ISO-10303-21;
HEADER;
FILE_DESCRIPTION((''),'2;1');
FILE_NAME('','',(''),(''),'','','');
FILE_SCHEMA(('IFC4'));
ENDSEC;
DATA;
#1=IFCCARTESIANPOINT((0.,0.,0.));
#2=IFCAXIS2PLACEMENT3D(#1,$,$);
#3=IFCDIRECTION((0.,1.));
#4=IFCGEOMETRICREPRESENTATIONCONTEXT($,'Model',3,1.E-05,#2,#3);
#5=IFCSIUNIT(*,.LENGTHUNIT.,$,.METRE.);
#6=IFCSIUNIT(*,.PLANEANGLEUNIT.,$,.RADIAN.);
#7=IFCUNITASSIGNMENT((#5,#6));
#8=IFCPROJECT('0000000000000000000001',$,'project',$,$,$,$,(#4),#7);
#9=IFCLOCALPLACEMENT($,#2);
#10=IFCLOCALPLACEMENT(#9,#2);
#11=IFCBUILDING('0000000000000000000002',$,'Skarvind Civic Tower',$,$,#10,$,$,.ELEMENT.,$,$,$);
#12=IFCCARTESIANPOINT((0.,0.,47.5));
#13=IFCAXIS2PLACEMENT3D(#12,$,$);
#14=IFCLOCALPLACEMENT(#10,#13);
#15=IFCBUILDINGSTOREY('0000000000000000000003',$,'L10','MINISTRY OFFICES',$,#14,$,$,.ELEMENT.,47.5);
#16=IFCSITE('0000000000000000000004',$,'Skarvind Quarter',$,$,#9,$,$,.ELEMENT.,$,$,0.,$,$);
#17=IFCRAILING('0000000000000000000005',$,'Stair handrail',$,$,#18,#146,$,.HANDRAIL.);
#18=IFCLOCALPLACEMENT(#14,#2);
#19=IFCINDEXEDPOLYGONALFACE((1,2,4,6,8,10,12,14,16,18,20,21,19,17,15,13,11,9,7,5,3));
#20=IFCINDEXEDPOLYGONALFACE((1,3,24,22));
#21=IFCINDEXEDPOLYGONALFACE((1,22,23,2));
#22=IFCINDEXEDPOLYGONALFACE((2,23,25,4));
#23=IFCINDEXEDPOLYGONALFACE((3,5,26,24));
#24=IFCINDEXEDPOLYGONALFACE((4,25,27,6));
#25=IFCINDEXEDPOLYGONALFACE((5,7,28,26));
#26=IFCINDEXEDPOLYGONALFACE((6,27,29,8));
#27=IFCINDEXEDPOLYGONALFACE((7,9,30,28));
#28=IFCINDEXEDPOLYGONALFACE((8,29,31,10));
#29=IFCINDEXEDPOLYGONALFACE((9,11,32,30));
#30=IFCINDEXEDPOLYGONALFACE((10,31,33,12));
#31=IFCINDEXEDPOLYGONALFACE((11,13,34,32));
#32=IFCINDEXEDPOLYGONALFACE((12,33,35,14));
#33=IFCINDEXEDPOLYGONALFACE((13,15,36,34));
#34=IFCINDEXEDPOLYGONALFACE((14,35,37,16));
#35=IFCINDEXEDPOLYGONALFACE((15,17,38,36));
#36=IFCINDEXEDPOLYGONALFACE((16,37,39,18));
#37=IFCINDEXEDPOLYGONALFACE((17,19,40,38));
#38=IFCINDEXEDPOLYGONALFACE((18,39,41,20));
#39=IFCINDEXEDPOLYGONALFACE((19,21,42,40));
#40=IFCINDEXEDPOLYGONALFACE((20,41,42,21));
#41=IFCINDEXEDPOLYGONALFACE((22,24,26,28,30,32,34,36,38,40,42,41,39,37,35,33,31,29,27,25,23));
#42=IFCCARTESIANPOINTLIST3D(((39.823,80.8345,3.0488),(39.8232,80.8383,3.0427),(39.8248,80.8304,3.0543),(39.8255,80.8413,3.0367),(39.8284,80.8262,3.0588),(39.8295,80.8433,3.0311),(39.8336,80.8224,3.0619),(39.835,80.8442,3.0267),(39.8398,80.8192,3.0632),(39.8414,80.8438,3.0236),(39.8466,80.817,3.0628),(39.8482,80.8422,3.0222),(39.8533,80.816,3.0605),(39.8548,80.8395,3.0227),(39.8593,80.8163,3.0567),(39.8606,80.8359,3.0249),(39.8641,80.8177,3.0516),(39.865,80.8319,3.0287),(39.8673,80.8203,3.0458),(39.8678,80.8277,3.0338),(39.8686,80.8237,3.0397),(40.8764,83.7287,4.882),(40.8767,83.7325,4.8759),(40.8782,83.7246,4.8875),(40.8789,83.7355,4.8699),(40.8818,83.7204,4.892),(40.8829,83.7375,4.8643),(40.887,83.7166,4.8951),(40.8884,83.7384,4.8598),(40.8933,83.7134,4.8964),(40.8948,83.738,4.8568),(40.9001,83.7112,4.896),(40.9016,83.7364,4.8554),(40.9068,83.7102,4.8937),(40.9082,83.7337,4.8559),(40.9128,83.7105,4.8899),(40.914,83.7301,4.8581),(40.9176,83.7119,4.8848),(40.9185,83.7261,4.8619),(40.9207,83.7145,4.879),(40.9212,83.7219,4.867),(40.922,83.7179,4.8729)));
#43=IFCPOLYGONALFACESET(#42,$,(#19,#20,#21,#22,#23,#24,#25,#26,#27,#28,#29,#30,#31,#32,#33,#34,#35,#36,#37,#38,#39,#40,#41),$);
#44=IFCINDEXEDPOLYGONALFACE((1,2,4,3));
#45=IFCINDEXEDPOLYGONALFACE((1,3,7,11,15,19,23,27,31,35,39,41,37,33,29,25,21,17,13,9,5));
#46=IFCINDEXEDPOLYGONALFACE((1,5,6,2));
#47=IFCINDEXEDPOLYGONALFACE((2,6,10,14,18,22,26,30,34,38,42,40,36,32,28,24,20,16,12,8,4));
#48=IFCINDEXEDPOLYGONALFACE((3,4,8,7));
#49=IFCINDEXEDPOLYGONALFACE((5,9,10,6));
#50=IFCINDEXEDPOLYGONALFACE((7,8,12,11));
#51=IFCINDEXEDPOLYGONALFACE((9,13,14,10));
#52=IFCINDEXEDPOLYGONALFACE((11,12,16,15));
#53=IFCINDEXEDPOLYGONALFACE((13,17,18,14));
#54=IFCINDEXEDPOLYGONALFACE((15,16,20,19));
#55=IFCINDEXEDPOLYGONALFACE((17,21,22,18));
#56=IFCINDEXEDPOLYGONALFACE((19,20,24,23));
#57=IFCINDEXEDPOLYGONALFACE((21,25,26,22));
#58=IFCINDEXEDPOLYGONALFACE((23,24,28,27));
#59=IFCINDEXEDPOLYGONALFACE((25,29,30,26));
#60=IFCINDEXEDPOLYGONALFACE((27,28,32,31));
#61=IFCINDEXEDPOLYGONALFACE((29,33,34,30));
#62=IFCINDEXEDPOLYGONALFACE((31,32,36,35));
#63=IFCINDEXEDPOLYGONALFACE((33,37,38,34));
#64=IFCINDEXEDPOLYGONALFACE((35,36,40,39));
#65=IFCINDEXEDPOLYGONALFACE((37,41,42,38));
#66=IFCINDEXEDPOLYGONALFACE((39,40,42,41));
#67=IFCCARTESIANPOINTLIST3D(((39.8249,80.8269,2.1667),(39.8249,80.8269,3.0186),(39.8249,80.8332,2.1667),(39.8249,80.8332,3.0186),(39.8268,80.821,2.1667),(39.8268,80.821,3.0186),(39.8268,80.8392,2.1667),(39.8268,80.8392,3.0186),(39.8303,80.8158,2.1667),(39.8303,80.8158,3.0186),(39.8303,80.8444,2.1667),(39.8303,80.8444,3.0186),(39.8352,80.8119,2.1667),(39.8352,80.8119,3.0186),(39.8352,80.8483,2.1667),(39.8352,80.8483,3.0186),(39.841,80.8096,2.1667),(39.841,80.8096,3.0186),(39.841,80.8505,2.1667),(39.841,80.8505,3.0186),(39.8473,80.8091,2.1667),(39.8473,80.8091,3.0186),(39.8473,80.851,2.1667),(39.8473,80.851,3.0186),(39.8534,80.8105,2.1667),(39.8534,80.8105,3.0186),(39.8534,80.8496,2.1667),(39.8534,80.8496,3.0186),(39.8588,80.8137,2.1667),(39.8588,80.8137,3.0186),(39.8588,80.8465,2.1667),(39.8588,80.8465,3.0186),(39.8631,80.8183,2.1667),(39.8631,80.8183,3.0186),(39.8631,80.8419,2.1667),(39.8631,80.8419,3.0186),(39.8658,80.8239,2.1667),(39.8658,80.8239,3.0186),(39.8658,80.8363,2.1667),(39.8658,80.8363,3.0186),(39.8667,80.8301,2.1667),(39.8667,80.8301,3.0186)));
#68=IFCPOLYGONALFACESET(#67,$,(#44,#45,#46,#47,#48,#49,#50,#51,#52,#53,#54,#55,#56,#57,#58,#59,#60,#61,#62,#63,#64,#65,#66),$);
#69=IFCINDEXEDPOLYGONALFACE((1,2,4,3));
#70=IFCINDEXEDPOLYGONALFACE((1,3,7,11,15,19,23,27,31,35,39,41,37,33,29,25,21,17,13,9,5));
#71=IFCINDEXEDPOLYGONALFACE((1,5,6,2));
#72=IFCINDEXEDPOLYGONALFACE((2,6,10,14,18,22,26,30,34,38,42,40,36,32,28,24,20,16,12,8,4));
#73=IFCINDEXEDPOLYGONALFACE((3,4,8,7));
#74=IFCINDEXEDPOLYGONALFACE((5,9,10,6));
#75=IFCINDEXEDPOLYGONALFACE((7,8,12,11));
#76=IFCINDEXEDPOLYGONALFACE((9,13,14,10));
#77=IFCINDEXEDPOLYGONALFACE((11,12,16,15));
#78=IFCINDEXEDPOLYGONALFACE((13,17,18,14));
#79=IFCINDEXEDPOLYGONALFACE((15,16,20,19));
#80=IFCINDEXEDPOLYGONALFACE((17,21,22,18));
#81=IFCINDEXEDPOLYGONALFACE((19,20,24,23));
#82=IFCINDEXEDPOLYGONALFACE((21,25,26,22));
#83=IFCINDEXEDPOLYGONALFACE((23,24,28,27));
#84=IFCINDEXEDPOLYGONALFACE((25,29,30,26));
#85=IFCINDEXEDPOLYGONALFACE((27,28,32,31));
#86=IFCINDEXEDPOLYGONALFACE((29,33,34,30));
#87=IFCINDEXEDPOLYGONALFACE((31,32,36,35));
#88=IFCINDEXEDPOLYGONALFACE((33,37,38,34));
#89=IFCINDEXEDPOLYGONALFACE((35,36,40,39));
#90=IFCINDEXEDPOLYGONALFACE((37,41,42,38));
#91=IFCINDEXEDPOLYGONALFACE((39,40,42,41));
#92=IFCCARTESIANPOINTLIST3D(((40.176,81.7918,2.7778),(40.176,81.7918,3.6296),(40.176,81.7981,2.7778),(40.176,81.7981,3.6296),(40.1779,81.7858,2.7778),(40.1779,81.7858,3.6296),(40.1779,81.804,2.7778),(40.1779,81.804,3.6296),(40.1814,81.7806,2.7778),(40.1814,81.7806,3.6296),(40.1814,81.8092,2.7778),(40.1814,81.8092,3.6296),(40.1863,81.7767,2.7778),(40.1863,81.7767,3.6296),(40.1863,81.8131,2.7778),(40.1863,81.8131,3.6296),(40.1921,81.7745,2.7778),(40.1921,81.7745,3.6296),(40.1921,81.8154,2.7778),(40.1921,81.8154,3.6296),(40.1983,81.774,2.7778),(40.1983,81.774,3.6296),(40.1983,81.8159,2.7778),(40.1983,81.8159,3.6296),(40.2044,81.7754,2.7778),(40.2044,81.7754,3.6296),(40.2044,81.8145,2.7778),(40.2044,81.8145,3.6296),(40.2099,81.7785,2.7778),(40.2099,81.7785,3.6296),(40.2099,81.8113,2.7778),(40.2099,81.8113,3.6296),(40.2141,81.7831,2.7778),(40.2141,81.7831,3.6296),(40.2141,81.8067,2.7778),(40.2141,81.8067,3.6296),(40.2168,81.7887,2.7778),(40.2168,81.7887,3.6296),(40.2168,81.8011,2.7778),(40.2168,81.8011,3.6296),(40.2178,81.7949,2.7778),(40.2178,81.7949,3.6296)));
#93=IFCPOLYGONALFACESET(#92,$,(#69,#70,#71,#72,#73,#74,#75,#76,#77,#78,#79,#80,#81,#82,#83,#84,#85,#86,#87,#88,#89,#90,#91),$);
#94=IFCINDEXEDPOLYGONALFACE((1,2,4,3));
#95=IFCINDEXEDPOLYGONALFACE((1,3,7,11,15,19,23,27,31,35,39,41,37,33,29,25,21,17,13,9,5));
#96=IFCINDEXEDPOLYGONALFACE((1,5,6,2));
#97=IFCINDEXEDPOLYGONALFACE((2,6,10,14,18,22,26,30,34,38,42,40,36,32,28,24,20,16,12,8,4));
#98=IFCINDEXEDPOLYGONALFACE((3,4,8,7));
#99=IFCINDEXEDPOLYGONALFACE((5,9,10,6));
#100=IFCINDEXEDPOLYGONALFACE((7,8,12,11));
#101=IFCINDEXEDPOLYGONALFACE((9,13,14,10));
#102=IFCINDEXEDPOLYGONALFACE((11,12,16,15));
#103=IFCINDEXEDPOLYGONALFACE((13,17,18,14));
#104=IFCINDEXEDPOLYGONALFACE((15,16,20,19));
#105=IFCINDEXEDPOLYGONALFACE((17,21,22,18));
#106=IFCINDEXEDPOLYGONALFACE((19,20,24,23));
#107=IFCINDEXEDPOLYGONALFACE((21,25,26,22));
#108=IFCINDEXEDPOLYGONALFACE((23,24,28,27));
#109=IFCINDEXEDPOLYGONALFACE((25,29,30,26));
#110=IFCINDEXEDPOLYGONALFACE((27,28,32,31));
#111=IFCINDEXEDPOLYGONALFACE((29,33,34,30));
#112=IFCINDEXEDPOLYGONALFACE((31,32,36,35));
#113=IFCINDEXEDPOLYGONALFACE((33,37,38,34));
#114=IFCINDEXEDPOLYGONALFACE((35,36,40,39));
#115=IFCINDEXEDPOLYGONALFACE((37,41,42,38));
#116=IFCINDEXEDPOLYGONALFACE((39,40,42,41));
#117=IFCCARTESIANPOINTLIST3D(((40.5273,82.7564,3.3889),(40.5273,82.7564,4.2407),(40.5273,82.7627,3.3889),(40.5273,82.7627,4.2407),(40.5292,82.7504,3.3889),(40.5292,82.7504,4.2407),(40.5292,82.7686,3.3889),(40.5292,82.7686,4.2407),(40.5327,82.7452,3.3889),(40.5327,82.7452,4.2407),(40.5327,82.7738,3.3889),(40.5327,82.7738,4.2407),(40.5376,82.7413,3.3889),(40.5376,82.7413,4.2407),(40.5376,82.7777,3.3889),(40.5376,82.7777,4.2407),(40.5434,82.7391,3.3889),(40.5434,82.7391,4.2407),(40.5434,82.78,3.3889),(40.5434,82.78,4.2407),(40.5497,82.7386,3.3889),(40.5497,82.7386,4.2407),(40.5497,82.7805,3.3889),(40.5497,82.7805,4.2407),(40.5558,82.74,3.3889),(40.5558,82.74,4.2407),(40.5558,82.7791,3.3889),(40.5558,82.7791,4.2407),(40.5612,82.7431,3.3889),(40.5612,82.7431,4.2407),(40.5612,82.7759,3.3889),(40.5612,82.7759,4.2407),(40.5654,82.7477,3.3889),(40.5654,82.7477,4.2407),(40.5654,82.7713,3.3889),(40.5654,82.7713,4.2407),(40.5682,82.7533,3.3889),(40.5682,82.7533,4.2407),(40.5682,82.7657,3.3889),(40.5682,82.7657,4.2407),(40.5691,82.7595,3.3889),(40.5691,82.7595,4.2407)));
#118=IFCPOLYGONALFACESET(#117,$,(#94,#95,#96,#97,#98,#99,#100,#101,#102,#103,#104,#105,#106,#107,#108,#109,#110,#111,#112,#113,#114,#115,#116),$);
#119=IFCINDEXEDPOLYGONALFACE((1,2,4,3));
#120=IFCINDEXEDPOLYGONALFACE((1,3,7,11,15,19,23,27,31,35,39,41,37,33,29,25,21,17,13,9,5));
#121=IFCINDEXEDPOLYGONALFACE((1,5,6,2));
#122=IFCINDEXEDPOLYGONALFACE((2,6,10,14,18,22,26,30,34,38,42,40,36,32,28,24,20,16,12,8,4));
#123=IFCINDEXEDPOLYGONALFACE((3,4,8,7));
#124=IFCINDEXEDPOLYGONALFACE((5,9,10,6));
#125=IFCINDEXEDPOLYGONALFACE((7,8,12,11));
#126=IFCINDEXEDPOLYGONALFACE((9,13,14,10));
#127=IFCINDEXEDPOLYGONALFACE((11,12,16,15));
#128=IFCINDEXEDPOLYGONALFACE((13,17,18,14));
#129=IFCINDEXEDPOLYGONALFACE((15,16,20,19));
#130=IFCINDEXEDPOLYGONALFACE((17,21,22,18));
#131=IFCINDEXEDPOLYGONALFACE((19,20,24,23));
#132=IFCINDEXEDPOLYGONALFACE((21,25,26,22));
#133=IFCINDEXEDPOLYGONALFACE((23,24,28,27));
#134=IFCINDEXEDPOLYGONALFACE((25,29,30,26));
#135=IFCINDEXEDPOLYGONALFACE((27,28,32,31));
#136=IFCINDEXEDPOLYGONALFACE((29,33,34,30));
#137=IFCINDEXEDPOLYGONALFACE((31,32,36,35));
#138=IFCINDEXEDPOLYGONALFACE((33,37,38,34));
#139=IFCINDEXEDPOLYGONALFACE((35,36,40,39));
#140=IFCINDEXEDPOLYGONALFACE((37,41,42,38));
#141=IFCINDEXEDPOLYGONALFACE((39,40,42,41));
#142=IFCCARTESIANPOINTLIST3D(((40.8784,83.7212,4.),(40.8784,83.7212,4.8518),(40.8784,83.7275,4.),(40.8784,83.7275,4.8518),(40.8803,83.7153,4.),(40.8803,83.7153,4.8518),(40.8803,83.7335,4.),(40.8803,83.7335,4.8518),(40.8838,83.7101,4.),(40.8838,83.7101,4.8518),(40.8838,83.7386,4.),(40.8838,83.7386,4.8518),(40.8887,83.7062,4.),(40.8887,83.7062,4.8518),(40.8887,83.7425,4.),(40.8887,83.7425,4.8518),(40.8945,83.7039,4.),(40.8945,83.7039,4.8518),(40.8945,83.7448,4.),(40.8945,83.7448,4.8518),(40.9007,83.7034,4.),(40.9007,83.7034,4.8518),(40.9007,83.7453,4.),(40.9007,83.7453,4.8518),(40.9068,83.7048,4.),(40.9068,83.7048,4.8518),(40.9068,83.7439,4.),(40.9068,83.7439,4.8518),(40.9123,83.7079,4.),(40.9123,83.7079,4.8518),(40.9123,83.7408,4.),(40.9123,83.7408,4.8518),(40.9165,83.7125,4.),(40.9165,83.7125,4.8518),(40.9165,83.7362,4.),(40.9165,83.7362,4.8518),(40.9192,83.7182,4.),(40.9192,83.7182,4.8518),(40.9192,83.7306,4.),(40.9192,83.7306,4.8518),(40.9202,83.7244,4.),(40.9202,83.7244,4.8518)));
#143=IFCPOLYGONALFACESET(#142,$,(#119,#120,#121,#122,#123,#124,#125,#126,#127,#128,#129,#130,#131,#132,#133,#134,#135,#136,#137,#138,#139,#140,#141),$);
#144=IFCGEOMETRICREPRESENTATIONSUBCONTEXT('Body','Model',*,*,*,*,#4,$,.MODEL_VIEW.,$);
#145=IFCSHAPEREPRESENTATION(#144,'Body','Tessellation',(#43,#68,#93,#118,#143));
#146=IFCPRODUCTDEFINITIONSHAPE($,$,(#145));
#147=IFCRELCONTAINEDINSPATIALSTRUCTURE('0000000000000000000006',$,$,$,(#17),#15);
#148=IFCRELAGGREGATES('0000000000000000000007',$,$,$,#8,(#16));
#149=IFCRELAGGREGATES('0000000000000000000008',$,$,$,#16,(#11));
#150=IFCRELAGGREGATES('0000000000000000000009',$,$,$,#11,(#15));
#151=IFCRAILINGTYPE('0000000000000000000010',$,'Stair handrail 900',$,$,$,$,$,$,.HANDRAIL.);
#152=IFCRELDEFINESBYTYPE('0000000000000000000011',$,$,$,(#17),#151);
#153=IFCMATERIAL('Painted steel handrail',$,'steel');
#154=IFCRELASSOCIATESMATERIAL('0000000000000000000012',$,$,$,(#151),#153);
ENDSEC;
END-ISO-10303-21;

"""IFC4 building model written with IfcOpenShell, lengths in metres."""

from ifc_helpers import new_model, si_unit, direction, frame, origin, origin_2d, place, context, subcontext, project, spatial, circle, extrude, material, type_object, element, save


model = new_model("IFC4")

# Units and contexts
model_context = context("Model", 3, precision=1e-05, world=origin(), true_north=direction((0.0, 1.0)))
body_context = subcontext(model_context, "Body", "Model", "MODEL_VIEW")
ifc_project = project(units=[si_unit("LENGTHUNIT", "METRE"), si_unit("PLANEANGLEUNIT", "RADIAN")], contexts=[model_context])

# Site, building, storey
site_placement = place(None, origin())
site = spatial("IfcSite", under=ifc_project, at=site_placement, Name="Skarvind Quarter", CompositionType="ELEMENT", RefElevation=0.0)
building_placement = place(site_placement, origin())
building = spatial("IfcBuilding", under=site, at=building_placement, Name="Skarvind Civic Tower", CompositionType="ELEMENT")
storey_placement = place(building_placement, frame((0.0, 0.0, 47.5)))
storey = spatial("IfcBuildingStorey", under=building, at=storey_placement, Name="L10", Description="MINISTRY OFFICES", CompositionType="ELEMENT", Elevation=47.5)

# Railing
ifc_material_1 = material(Name="Painted steel handrail", Category="steel")
railing_type = type_object("IfcRailingType", Name="Stair handrail 900", PredefinedType="HANDRAIL", material=ifc_material_1)
railing_1_placement = place(storey_placement, frame((39.8457, 80.8301, 2.1667)))
element("IfcRailing", 1, at=railing_1_placement, inside=storey, type_object=railing_type, Name="Stair handrail", PredefinedType="HANDRAIL", context=body_context, shape_type="SweptSolid", body=[
    extrude(circle(Radius=0.0239, at=origin_2d()), frame((0.0, 0.0, 0.876), z_axis=(0.293908, 0.807481, 0.511461), x_axis=(-0.939689, 0.342029, 0.0)), (0.0, 0.0, 1.0), 3.5842),
    extrude(circle(Radius=0.021, at=origin_2d()), origin(), (0.0, 0.0, 1.0), 0.8518),
    extrude(circle(Radius=0.021, at=origin_2d()), frame((0.3511, 0.9648, 0.6111)), (0.0, 0.0, 1.0), 0.8518),
    extrude(circle(Radius=0.021, at=origin_2d()), frame((0.7024, 1.9294, 1.2222)), (0.0, 0.0, 1.0), 0.8518),
    extrude(circle(Radius=0.021, at=origin_2d()), frame((1.0535, 2.8943, 1.8333)), (0.0, 0.0, 1.0), 0.8518),
])

save(model, "model.ifc")
